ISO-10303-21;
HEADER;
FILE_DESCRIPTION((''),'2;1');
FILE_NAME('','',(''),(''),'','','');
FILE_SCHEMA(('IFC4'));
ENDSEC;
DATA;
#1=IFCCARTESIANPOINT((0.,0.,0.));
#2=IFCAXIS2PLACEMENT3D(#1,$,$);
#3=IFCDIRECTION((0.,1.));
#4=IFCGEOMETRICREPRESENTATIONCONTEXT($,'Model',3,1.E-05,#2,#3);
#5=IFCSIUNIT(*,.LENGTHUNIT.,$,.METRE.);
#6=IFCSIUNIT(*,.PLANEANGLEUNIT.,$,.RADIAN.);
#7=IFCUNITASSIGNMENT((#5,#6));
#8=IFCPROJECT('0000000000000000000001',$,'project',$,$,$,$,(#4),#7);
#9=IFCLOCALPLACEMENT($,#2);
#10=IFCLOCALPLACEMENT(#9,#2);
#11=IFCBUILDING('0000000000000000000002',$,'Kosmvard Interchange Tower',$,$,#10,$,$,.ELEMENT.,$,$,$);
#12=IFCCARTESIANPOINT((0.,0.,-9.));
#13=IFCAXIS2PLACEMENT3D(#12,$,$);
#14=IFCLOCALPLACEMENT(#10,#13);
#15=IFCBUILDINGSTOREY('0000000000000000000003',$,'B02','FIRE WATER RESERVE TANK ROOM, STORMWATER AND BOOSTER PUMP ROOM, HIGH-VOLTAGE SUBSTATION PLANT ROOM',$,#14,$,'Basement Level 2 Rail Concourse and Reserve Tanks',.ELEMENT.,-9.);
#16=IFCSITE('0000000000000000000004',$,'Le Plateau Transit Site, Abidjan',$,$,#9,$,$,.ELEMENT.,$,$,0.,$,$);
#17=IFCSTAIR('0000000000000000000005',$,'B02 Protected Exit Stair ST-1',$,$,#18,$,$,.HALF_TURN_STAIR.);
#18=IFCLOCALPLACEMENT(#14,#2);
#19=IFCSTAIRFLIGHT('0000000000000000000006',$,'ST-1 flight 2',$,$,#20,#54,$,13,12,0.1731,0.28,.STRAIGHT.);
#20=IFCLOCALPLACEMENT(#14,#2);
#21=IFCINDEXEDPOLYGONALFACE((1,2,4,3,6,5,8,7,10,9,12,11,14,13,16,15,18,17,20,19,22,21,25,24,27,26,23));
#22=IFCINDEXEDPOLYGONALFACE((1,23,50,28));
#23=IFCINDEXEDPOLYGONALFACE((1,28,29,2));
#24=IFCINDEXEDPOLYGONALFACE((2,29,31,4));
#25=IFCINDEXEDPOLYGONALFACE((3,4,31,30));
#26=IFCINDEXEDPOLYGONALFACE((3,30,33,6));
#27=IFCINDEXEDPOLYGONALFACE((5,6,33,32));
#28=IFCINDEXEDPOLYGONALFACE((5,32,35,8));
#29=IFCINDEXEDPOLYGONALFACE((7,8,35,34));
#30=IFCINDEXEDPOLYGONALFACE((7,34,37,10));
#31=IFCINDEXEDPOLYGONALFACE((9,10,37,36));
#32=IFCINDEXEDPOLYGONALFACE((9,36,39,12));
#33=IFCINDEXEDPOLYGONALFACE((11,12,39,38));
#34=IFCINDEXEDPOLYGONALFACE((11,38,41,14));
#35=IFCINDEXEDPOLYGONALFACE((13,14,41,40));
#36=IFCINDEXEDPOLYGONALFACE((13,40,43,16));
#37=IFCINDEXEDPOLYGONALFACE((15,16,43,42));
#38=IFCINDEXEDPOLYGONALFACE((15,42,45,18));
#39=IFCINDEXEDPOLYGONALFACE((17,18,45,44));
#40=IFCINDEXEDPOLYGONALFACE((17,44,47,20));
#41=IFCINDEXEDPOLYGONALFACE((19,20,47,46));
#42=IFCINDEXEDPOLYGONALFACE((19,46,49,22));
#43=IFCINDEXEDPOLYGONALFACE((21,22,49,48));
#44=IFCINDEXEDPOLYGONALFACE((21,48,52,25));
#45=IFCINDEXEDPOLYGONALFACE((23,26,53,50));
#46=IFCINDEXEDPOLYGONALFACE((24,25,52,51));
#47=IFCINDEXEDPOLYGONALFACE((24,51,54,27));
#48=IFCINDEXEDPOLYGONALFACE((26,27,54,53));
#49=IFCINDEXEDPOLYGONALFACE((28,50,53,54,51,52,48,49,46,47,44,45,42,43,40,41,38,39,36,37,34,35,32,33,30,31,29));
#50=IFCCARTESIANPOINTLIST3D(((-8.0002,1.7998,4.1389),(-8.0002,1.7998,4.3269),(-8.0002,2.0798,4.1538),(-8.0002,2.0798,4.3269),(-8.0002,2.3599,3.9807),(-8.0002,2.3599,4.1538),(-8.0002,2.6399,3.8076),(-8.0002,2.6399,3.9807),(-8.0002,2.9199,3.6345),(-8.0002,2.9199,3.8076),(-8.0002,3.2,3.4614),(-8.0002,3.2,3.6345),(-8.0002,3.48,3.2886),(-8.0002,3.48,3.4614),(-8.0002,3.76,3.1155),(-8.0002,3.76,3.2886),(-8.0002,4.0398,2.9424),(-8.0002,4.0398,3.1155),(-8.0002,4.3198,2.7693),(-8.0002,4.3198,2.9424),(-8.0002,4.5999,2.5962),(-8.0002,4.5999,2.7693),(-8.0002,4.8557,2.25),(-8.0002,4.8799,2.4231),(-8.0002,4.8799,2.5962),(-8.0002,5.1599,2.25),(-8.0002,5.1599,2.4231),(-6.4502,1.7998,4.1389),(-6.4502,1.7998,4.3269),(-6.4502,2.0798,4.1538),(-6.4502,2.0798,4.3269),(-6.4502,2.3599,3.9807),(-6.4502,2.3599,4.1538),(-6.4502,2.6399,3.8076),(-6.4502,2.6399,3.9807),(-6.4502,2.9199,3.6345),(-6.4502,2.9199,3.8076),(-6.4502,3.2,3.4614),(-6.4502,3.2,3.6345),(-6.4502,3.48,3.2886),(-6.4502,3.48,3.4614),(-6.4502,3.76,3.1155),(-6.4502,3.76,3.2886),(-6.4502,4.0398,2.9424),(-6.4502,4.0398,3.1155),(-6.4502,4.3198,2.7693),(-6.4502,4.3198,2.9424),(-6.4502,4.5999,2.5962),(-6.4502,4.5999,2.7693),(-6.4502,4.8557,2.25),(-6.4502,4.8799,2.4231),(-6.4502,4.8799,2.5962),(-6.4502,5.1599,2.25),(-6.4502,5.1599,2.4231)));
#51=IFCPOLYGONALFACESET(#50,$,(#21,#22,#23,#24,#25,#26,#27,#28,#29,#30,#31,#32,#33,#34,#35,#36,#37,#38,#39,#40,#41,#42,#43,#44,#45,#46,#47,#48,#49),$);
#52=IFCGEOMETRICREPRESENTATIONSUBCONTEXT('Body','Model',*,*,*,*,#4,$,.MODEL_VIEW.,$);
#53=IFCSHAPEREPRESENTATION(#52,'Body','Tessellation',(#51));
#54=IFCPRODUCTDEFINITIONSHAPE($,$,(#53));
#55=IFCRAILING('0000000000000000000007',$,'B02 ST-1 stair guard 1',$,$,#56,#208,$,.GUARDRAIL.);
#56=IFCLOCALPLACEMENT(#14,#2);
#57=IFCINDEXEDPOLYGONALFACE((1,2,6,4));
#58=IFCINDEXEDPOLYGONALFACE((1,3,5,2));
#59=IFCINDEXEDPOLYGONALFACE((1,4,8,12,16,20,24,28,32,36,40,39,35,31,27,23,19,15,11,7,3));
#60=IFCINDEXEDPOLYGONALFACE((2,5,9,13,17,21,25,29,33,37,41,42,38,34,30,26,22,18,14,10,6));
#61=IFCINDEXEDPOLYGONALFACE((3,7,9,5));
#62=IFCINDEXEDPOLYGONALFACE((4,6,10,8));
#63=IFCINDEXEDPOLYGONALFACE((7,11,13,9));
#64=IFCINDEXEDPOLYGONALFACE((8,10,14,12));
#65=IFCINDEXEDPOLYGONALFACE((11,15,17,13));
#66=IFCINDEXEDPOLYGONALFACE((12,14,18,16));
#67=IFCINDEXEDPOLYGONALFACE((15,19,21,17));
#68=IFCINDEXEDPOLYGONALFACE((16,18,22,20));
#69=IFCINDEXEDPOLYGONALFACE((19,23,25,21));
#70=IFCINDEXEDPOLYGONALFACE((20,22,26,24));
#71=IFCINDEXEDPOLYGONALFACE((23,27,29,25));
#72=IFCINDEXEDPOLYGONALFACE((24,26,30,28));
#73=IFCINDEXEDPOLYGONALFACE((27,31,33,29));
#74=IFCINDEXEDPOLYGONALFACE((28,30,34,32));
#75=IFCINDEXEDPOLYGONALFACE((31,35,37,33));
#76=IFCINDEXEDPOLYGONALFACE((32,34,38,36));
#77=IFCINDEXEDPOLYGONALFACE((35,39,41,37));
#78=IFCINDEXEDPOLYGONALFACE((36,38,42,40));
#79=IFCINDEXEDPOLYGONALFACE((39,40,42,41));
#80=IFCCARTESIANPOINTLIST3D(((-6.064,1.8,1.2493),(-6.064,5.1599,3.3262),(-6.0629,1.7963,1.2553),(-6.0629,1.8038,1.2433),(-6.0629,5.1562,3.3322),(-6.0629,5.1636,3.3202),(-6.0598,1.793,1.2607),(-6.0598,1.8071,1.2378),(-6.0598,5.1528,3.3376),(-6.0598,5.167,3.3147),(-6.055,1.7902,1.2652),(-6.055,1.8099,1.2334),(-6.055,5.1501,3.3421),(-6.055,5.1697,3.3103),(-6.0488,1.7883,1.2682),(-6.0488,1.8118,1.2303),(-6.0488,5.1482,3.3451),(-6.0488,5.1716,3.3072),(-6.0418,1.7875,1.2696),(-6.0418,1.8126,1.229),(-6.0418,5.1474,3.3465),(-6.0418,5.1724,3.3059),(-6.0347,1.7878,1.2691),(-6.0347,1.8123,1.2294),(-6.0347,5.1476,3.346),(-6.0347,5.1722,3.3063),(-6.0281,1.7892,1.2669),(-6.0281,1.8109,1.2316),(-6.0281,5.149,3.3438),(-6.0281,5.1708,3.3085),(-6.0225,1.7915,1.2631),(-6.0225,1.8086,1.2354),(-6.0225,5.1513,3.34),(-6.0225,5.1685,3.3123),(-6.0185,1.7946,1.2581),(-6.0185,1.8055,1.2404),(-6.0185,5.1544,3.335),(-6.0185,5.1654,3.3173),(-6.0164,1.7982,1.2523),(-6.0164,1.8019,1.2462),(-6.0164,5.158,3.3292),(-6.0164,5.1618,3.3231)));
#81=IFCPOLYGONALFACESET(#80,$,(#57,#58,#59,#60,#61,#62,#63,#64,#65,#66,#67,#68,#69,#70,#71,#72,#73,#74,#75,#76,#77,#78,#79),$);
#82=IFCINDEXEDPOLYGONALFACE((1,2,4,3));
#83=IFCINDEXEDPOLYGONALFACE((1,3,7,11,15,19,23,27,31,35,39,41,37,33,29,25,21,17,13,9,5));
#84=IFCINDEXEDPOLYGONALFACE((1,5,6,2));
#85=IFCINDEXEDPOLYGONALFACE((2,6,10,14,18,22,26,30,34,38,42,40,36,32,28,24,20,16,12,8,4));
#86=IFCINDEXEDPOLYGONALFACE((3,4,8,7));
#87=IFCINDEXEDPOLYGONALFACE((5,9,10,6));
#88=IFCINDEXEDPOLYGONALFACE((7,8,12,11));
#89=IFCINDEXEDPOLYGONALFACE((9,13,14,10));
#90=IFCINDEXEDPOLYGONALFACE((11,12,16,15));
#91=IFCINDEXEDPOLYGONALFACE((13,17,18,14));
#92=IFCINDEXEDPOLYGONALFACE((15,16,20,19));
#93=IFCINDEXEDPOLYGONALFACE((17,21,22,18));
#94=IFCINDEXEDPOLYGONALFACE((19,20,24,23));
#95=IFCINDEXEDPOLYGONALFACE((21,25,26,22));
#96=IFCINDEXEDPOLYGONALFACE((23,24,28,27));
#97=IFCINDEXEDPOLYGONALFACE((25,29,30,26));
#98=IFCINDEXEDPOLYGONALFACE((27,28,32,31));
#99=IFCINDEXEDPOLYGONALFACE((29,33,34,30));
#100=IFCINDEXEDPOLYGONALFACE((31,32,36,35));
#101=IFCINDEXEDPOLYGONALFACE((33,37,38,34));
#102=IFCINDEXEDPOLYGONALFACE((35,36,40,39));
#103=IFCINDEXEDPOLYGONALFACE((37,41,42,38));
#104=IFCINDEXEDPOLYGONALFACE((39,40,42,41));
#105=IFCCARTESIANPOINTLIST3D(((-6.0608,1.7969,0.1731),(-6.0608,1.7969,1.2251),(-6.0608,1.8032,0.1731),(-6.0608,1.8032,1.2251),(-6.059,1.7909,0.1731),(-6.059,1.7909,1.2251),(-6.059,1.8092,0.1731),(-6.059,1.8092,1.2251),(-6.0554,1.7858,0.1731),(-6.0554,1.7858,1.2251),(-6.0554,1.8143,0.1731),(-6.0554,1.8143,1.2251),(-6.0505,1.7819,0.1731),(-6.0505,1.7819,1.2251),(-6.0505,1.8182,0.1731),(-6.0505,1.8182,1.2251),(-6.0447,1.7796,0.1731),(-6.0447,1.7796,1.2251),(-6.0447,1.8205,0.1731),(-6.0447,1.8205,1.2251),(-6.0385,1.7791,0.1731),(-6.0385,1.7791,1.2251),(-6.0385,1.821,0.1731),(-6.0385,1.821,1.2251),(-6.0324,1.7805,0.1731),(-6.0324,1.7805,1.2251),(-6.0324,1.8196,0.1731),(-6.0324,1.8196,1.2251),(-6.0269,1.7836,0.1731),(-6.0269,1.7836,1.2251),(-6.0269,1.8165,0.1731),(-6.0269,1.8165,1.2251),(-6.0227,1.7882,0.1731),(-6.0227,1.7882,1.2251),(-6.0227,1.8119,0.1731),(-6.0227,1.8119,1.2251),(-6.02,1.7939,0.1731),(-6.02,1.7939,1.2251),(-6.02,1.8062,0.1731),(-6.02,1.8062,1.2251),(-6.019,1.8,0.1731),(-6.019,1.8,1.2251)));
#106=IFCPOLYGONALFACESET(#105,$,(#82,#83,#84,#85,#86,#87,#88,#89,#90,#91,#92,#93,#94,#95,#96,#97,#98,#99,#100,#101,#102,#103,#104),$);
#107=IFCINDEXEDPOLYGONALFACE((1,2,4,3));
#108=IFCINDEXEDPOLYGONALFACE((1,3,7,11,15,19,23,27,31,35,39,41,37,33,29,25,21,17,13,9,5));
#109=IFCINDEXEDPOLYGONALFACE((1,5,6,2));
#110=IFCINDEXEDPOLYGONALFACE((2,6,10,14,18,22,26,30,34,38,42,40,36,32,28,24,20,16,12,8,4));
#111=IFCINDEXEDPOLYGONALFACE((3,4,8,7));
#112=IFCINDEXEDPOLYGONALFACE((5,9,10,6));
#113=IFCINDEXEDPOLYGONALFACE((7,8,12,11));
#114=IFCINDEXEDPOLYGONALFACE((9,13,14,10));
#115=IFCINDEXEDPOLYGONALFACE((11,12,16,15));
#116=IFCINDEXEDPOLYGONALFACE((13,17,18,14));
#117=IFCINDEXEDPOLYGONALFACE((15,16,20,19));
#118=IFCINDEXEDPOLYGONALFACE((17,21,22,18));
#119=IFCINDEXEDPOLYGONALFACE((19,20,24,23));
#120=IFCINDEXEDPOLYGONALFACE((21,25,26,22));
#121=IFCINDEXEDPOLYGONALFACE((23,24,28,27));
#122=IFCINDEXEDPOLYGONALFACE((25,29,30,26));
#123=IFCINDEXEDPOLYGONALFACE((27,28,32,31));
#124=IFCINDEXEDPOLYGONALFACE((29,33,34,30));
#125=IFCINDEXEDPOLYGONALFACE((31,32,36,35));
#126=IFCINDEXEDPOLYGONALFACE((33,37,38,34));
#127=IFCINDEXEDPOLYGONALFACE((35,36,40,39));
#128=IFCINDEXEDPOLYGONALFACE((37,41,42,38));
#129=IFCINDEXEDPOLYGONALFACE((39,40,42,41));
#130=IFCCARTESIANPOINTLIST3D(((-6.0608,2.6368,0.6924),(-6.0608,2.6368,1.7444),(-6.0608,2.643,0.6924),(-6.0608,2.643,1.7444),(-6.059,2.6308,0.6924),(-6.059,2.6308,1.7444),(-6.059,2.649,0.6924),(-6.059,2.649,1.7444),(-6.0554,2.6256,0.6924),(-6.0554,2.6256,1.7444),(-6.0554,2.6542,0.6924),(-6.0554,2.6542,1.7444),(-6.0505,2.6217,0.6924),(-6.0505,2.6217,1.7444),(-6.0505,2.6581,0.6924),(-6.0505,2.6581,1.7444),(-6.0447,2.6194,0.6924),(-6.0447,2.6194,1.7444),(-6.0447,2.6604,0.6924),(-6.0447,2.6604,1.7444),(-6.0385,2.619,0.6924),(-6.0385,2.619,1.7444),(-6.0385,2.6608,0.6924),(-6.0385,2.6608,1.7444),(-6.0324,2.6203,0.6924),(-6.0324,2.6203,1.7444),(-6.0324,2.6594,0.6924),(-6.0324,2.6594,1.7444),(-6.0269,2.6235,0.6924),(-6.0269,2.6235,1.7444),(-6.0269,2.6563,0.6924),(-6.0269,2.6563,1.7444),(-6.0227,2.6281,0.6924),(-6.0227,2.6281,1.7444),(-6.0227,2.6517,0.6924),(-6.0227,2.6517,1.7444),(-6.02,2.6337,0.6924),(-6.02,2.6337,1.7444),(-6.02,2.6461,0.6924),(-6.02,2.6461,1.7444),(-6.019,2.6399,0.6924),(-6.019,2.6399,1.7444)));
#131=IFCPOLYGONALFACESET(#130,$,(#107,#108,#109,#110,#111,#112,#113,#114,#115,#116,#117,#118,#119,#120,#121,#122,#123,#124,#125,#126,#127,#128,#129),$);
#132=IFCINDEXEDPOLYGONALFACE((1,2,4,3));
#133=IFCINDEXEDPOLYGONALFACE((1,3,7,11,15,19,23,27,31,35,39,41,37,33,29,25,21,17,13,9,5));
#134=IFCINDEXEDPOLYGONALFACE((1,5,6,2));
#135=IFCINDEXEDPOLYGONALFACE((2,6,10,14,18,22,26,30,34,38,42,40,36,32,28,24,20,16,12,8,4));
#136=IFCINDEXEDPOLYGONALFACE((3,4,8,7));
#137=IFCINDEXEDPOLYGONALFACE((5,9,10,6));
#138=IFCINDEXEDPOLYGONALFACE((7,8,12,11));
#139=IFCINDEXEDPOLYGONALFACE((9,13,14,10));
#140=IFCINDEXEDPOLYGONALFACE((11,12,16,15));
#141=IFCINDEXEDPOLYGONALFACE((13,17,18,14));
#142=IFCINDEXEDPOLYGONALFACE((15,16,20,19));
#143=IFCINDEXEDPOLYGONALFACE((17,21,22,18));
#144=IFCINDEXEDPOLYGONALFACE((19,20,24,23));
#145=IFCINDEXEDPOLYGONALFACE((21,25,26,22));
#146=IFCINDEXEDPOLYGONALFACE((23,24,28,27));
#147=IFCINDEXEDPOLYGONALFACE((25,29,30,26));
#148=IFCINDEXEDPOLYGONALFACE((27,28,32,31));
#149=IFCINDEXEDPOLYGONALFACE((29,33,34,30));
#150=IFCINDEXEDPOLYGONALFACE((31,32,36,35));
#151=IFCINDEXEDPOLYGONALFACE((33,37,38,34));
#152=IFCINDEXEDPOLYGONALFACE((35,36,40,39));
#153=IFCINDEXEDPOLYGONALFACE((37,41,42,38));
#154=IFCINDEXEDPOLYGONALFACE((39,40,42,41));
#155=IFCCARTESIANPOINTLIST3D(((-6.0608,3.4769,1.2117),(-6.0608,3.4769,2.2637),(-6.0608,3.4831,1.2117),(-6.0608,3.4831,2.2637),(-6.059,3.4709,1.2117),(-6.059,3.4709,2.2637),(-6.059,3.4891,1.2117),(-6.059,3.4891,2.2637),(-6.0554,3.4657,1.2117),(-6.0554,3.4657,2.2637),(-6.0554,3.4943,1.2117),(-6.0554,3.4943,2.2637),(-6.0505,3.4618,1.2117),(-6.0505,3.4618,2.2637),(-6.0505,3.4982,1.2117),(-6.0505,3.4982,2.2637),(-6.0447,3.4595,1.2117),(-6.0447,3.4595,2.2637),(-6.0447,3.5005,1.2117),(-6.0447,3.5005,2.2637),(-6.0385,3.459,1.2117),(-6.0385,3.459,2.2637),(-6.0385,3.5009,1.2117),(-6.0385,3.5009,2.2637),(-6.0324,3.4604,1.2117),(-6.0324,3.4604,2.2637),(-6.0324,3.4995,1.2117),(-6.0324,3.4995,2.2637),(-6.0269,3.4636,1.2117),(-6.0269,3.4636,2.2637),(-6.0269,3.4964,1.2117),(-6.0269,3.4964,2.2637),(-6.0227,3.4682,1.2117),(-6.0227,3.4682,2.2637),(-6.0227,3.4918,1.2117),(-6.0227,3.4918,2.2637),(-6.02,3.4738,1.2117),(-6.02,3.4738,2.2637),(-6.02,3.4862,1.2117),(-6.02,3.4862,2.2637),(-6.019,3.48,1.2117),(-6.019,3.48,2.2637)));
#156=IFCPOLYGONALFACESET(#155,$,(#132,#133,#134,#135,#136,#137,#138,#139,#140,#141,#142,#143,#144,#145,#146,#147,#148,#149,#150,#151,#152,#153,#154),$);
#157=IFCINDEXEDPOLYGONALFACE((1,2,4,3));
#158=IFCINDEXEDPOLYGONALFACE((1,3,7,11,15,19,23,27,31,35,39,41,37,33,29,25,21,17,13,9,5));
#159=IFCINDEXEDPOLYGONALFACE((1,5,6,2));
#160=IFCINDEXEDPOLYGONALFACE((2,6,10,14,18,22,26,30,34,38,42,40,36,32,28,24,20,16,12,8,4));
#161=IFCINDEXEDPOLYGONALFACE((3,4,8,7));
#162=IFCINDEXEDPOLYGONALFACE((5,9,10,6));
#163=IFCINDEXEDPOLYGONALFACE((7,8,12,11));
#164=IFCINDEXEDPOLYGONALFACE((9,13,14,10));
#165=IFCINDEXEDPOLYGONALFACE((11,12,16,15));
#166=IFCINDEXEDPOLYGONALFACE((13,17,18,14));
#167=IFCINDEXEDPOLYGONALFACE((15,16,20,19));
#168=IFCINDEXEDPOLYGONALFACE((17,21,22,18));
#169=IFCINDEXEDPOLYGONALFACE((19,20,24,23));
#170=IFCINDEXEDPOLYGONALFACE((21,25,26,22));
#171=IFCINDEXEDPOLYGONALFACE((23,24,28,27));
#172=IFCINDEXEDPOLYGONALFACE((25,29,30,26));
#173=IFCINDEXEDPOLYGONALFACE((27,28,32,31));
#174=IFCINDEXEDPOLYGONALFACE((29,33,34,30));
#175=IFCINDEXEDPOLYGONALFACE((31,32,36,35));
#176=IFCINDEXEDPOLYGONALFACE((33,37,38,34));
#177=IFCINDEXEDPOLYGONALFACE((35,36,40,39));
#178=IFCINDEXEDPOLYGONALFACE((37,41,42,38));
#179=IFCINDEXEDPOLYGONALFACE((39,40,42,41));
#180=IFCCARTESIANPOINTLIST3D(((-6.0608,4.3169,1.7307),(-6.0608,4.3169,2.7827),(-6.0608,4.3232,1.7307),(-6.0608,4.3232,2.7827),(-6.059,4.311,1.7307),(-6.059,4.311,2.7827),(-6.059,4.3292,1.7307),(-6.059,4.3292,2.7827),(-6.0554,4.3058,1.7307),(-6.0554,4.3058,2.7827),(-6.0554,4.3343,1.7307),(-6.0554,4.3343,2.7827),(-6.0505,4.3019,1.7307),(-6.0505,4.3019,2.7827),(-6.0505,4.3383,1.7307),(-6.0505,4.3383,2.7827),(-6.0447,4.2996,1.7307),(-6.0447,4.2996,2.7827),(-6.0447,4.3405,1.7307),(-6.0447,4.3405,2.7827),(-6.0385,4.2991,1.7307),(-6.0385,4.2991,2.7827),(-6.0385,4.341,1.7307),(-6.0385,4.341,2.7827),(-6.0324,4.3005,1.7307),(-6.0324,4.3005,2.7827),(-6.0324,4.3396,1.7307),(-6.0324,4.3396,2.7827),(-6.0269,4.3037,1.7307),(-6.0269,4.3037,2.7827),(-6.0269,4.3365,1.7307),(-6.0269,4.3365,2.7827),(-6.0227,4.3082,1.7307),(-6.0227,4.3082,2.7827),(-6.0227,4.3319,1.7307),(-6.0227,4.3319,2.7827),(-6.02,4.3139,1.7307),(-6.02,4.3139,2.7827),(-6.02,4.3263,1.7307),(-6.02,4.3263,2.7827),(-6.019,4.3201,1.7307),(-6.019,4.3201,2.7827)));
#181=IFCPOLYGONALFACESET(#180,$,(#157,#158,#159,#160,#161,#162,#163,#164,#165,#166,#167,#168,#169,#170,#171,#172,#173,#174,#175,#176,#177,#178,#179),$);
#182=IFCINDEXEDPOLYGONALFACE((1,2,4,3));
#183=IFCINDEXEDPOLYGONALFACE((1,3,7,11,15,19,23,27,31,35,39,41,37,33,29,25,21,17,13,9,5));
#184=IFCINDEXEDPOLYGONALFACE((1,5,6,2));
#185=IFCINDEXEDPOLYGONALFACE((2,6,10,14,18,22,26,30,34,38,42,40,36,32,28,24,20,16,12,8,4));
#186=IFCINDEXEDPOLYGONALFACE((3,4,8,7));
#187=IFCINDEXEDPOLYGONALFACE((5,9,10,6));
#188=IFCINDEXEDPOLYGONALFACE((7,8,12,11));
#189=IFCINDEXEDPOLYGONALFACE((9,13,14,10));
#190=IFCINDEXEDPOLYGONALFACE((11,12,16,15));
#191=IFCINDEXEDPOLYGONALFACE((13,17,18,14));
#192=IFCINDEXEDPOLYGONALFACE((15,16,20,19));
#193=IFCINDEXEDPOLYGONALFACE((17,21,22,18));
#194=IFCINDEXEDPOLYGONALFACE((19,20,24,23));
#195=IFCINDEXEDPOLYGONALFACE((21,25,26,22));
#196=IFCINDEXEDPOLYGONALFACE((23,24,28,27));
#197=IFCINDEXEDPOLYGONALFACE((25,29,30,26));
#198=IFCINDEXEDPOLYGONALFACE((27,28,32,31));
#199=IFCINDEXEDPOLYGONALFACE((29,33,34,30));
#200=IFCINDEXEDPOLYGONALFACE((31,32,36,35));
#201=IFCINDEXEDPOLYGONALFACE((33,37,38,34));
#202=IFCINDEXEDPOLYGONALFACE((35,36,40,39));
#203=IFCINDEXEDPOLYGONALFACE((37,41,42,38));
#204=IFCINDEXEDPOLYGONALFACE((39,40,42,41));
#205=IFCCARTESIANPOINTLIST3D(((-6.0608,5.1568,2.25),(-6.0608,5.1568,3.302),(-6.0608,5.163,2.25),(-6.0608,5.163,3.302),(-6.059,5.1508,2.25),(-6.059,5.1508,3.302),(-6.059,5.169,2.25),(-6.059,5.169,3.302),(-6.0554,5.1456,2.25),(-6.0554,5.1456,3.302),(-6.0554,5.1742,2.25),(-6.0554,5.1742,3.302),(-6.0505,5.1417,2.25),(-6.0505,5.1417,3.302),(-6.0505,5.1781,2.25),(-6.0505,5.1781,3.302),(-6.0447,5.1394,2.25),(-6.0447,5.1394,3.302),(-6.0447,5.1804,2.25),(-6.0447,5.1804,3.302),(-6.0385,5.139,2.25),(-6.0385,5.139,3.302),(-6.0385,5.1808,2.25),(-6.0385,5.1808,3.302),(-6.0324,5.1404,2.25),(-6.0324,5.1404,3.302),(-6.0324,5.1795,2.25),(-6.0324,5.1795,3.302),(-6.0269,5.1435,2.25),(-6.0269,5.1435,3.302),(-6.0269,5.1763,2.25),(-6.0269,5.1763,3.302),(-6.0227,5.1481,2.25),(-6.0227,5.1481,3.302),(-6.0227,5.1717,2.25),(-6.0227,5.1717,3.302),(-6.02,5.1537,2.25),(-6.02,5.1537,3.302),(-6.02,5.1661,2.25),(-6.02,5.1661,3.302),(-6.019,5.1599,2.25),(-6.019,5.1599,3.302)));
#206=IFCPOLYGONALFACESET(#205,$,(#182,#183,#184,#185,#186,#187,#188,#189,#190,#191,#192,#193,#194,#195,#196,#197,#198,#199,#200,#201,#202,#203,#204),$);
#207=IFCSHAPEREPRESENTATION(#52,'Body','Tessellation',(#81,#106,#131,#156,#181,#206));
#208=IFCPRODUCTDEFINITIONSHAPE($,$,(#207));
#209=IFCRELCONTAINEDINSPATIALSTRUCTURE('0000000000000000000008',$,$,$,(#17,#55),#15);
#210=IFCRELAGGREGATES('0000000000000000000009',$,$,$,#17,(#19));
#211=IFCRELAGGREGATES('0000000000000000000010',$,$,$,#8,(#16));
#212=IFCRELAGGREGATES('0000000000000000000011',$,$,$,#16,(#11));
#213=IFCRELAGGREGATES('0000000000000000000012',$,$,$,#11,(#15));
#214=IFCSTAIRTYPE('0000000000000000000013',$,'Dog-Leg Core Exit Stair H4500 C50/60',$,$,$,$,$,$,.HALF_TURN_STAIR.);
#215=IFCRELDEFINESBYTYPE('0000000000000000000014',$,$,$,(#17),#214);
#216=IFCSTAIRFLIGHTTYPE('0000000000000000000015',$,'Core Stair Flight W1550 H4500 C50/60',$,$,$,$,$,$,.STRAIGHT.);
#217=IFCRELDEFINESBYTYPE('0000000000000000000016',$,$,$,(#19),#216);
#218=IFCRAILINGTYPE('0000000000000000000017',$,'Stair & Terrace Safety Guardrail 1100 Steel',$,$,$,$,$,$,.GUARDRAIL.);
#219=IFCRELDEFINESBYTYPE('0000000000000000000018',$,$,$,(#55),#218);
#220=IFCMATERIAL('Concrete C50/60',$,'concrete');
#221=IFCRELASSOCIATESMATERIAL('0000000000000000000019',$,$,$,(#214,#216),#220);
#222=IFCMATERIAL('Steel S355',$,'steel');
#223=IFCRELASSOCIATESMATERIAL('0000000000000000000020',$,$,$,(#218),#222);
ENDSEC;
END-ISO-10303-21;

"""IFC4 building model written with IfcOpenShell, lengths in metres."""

from ifc_helpers import new_model, si_unit, direction, frame, origin, origin_2d, place, context, subcontext, project, spatial, polyline, circle, outline, extrude, source, transform, mapped, material, type_object, element, aggregate, save


model = new_model("IFC4")

# Units and contexts
model_context = context("Model", 3, precision=1e-05, world=origin(), true_north=direction((0.0, 1.0)))
body_context = subcontext(model_context, "Body", "Model", "MODEL_VIEW")
ifc_project = project(units=[si_unit("LENGTHUNIT", "METRE"), si_unit("PLANEANGLEUNIT", "RADIAN")], contexts=[model_context])

# Site, building, storey
site_placement = place(None, origin())
site = spatial("IfcSite", under=ifc_project, at=site_placement, Name="Le Plateau Transit Site, Abidjan", CompositionType="ELEMENT", RefElevation=0.0)
building_placement = place(site_placement, origin())
building = spatial("IfcBuilding", under=site, at=building_placement, Name="Kosmvard Interchange Tower", CompositionType="ELEMENT")
storey_placement = place(building_placement, frame((0.0, 0.0, -9.0)))
storey = spatial("IfcBuildingStorey", under=building, at=storey_placement, Name="B02", Description="FIRE WATER RESERVE TANK ROOM, STORMWATER AND BOOSTER PUMP ROOM, HIGH-VOLTAGE SUBSTATION PLANT ROOM", LongName="Basement Level 2 Rail Concourse and Reserve Tanks", CompositionType="ELEMENT", Elevation=-9.0)

# Shared definitions
ifc_material_1 = material(Name="Concrete C50/60", Category="concrete")

# Stair, stair flight
stair_type = type_object("IfcStairType", Name="Dog-Leg Core Exit Stair H4500 C50/60", PredefinedType="HALF_TURN_STAIR", material=ifc_material_1)
stair_placement = place(storey_placement, origin())
stair = element("IfcStair", 1, at=stair_placement, inside=storey, type_object=stair_type, Name="B02 Protected Exit Stair ST-1", PredefinedType="HALF_TURN_STAIR")
stair_flight_type = type_object("IfcStairFlightType", Name="Core Stair Flight W1550 H4500 C50/60", PredefinedType="STRAIGHT", material=ifc_material_1)
shared_shape_1 = source(origin(), body_context, "Body", "SweptSolid", [
    extrude(outline(polyline([(0.0, 0.0), (0.0, 0.1731), (0.28, 0.1731), (0.28, 0.3462), (0.5601, 0.3462), (0.5601, 0.5193), (0.8401, 0.5193), (0.8401, 0.6924), (1.1201, 0.6924), (1.1201, 0.8655), (1.3999, 0.8655), (1.3999, 1.0386), (1.6799, 1.0386), (1.6799, 1.2114), (1.96, 1.2114), (1.96, 1.3845), (2.24, 1.3845), (2.24, 1.5576), (2.52, 1.5576), (2.52, 1.7307), (2.8, 1.7307), (2.8, 1.9038), (3.0801, 1.9038), (3.0801, 2.0769), (3.3601, 2.0769), (3.3601, 2.25), (3.3601, 1.8889), (0.3042, 0.0), (0.0, 0.0)])), frame((0.0, 0.7749, 0.0), z_axis=(0.0, -1.0, 0.0), x_axis=(1.0, 0.0, 0.0)), (0.0, 0.0, 1.0), 1.55),
])
stair_flight_1_placement = place(storey_placement, frame((-7.2251, 5.1599, 2.25), z_axis=(0.0, 0.0, 1.0), x_axis=(0.0, -1.0, 0.0)))
stair_flight_1 = element("IfcStairFlight", 2, at=stair_flight_1_placement, type_object=stair_flight_type, Name="ST-1 flight 2", NumberOfRisers=13, NumberOfTreads=12, PredefinedType="STRAIGHT", RiserHeight=0.1731, TreadLength=0.28, context=body_context, shape_type="MappedRepresentation", body=[
    mapped(shared_shape_1, transform((0.0, 0.0, 0.0), scale=1.0)),
])
aggregate(stair, [stair_flight_1])

# Railing
ifc_material_2 = material(Name="Steel S355", Category="steel")
railing_type_1 = type_object("IfcRailingType", Name="Stair & Terrace Safety Guardrail 1100 Steel", PredefinedType="GUARDRAIL", material=ifc_material_2)
shared_shape_2 = source(origin(), body_context, "Body", "SweptSolid", [
    extrude(circle(Radius=0.0239, at=origin_2d()), frame((0.0, 0.0, 1.0762), z_axis=(0.0, 0.850606, 0.525803), x_axis=(-1.0, 0.0, 0.0)), (0.0, 0.0, 1.0), 3.95),
    extrude(circle(Radius=0.021, at=origin_2d()), origin(), (0.0, 0.0, 1.0), 1.052),
    extrude(circle(Radius=0.021, at=origin_2d()), frame((0.0, 0.8398, 0.5193)), (0.0, 0.0, 1.0), 1.052),
    extrude(circle(Radius=0.021, at=origin_2d()), frame((0.0, 1.6799, 1.0386)), (0.0, 0.0, 1.0), 1.052),
    extrude(circle(Radius=0.021, at=origin_2d()), frame((0.0, 2.52, 1.5576)), (0.0, 0.0, 1.0), 1.052),
    extrude(circle(Radius=0.021, at=origin_2d()), frame((0.0, 3.3599, 2.0769)), (0.0, 0.0, 1.0), 1.052),
])
railing_1_placement = place(storey_placement, frame((-6.04, 1.8, 0.1731)))
element("IfcRailing", 3, at=railing_1_placement, inside=storey, type_object=railing_type_1, Name="B02 ST-1 stair guard 1", PredefinedType="GUARDRAIL", context=body_context, shape_type="MappedRepresentation", body=[
    mapped(shared_shape_2, transform((0.0, 0.0, 0.0), scale=1.0)),
])

save(model, "model.ifc")
